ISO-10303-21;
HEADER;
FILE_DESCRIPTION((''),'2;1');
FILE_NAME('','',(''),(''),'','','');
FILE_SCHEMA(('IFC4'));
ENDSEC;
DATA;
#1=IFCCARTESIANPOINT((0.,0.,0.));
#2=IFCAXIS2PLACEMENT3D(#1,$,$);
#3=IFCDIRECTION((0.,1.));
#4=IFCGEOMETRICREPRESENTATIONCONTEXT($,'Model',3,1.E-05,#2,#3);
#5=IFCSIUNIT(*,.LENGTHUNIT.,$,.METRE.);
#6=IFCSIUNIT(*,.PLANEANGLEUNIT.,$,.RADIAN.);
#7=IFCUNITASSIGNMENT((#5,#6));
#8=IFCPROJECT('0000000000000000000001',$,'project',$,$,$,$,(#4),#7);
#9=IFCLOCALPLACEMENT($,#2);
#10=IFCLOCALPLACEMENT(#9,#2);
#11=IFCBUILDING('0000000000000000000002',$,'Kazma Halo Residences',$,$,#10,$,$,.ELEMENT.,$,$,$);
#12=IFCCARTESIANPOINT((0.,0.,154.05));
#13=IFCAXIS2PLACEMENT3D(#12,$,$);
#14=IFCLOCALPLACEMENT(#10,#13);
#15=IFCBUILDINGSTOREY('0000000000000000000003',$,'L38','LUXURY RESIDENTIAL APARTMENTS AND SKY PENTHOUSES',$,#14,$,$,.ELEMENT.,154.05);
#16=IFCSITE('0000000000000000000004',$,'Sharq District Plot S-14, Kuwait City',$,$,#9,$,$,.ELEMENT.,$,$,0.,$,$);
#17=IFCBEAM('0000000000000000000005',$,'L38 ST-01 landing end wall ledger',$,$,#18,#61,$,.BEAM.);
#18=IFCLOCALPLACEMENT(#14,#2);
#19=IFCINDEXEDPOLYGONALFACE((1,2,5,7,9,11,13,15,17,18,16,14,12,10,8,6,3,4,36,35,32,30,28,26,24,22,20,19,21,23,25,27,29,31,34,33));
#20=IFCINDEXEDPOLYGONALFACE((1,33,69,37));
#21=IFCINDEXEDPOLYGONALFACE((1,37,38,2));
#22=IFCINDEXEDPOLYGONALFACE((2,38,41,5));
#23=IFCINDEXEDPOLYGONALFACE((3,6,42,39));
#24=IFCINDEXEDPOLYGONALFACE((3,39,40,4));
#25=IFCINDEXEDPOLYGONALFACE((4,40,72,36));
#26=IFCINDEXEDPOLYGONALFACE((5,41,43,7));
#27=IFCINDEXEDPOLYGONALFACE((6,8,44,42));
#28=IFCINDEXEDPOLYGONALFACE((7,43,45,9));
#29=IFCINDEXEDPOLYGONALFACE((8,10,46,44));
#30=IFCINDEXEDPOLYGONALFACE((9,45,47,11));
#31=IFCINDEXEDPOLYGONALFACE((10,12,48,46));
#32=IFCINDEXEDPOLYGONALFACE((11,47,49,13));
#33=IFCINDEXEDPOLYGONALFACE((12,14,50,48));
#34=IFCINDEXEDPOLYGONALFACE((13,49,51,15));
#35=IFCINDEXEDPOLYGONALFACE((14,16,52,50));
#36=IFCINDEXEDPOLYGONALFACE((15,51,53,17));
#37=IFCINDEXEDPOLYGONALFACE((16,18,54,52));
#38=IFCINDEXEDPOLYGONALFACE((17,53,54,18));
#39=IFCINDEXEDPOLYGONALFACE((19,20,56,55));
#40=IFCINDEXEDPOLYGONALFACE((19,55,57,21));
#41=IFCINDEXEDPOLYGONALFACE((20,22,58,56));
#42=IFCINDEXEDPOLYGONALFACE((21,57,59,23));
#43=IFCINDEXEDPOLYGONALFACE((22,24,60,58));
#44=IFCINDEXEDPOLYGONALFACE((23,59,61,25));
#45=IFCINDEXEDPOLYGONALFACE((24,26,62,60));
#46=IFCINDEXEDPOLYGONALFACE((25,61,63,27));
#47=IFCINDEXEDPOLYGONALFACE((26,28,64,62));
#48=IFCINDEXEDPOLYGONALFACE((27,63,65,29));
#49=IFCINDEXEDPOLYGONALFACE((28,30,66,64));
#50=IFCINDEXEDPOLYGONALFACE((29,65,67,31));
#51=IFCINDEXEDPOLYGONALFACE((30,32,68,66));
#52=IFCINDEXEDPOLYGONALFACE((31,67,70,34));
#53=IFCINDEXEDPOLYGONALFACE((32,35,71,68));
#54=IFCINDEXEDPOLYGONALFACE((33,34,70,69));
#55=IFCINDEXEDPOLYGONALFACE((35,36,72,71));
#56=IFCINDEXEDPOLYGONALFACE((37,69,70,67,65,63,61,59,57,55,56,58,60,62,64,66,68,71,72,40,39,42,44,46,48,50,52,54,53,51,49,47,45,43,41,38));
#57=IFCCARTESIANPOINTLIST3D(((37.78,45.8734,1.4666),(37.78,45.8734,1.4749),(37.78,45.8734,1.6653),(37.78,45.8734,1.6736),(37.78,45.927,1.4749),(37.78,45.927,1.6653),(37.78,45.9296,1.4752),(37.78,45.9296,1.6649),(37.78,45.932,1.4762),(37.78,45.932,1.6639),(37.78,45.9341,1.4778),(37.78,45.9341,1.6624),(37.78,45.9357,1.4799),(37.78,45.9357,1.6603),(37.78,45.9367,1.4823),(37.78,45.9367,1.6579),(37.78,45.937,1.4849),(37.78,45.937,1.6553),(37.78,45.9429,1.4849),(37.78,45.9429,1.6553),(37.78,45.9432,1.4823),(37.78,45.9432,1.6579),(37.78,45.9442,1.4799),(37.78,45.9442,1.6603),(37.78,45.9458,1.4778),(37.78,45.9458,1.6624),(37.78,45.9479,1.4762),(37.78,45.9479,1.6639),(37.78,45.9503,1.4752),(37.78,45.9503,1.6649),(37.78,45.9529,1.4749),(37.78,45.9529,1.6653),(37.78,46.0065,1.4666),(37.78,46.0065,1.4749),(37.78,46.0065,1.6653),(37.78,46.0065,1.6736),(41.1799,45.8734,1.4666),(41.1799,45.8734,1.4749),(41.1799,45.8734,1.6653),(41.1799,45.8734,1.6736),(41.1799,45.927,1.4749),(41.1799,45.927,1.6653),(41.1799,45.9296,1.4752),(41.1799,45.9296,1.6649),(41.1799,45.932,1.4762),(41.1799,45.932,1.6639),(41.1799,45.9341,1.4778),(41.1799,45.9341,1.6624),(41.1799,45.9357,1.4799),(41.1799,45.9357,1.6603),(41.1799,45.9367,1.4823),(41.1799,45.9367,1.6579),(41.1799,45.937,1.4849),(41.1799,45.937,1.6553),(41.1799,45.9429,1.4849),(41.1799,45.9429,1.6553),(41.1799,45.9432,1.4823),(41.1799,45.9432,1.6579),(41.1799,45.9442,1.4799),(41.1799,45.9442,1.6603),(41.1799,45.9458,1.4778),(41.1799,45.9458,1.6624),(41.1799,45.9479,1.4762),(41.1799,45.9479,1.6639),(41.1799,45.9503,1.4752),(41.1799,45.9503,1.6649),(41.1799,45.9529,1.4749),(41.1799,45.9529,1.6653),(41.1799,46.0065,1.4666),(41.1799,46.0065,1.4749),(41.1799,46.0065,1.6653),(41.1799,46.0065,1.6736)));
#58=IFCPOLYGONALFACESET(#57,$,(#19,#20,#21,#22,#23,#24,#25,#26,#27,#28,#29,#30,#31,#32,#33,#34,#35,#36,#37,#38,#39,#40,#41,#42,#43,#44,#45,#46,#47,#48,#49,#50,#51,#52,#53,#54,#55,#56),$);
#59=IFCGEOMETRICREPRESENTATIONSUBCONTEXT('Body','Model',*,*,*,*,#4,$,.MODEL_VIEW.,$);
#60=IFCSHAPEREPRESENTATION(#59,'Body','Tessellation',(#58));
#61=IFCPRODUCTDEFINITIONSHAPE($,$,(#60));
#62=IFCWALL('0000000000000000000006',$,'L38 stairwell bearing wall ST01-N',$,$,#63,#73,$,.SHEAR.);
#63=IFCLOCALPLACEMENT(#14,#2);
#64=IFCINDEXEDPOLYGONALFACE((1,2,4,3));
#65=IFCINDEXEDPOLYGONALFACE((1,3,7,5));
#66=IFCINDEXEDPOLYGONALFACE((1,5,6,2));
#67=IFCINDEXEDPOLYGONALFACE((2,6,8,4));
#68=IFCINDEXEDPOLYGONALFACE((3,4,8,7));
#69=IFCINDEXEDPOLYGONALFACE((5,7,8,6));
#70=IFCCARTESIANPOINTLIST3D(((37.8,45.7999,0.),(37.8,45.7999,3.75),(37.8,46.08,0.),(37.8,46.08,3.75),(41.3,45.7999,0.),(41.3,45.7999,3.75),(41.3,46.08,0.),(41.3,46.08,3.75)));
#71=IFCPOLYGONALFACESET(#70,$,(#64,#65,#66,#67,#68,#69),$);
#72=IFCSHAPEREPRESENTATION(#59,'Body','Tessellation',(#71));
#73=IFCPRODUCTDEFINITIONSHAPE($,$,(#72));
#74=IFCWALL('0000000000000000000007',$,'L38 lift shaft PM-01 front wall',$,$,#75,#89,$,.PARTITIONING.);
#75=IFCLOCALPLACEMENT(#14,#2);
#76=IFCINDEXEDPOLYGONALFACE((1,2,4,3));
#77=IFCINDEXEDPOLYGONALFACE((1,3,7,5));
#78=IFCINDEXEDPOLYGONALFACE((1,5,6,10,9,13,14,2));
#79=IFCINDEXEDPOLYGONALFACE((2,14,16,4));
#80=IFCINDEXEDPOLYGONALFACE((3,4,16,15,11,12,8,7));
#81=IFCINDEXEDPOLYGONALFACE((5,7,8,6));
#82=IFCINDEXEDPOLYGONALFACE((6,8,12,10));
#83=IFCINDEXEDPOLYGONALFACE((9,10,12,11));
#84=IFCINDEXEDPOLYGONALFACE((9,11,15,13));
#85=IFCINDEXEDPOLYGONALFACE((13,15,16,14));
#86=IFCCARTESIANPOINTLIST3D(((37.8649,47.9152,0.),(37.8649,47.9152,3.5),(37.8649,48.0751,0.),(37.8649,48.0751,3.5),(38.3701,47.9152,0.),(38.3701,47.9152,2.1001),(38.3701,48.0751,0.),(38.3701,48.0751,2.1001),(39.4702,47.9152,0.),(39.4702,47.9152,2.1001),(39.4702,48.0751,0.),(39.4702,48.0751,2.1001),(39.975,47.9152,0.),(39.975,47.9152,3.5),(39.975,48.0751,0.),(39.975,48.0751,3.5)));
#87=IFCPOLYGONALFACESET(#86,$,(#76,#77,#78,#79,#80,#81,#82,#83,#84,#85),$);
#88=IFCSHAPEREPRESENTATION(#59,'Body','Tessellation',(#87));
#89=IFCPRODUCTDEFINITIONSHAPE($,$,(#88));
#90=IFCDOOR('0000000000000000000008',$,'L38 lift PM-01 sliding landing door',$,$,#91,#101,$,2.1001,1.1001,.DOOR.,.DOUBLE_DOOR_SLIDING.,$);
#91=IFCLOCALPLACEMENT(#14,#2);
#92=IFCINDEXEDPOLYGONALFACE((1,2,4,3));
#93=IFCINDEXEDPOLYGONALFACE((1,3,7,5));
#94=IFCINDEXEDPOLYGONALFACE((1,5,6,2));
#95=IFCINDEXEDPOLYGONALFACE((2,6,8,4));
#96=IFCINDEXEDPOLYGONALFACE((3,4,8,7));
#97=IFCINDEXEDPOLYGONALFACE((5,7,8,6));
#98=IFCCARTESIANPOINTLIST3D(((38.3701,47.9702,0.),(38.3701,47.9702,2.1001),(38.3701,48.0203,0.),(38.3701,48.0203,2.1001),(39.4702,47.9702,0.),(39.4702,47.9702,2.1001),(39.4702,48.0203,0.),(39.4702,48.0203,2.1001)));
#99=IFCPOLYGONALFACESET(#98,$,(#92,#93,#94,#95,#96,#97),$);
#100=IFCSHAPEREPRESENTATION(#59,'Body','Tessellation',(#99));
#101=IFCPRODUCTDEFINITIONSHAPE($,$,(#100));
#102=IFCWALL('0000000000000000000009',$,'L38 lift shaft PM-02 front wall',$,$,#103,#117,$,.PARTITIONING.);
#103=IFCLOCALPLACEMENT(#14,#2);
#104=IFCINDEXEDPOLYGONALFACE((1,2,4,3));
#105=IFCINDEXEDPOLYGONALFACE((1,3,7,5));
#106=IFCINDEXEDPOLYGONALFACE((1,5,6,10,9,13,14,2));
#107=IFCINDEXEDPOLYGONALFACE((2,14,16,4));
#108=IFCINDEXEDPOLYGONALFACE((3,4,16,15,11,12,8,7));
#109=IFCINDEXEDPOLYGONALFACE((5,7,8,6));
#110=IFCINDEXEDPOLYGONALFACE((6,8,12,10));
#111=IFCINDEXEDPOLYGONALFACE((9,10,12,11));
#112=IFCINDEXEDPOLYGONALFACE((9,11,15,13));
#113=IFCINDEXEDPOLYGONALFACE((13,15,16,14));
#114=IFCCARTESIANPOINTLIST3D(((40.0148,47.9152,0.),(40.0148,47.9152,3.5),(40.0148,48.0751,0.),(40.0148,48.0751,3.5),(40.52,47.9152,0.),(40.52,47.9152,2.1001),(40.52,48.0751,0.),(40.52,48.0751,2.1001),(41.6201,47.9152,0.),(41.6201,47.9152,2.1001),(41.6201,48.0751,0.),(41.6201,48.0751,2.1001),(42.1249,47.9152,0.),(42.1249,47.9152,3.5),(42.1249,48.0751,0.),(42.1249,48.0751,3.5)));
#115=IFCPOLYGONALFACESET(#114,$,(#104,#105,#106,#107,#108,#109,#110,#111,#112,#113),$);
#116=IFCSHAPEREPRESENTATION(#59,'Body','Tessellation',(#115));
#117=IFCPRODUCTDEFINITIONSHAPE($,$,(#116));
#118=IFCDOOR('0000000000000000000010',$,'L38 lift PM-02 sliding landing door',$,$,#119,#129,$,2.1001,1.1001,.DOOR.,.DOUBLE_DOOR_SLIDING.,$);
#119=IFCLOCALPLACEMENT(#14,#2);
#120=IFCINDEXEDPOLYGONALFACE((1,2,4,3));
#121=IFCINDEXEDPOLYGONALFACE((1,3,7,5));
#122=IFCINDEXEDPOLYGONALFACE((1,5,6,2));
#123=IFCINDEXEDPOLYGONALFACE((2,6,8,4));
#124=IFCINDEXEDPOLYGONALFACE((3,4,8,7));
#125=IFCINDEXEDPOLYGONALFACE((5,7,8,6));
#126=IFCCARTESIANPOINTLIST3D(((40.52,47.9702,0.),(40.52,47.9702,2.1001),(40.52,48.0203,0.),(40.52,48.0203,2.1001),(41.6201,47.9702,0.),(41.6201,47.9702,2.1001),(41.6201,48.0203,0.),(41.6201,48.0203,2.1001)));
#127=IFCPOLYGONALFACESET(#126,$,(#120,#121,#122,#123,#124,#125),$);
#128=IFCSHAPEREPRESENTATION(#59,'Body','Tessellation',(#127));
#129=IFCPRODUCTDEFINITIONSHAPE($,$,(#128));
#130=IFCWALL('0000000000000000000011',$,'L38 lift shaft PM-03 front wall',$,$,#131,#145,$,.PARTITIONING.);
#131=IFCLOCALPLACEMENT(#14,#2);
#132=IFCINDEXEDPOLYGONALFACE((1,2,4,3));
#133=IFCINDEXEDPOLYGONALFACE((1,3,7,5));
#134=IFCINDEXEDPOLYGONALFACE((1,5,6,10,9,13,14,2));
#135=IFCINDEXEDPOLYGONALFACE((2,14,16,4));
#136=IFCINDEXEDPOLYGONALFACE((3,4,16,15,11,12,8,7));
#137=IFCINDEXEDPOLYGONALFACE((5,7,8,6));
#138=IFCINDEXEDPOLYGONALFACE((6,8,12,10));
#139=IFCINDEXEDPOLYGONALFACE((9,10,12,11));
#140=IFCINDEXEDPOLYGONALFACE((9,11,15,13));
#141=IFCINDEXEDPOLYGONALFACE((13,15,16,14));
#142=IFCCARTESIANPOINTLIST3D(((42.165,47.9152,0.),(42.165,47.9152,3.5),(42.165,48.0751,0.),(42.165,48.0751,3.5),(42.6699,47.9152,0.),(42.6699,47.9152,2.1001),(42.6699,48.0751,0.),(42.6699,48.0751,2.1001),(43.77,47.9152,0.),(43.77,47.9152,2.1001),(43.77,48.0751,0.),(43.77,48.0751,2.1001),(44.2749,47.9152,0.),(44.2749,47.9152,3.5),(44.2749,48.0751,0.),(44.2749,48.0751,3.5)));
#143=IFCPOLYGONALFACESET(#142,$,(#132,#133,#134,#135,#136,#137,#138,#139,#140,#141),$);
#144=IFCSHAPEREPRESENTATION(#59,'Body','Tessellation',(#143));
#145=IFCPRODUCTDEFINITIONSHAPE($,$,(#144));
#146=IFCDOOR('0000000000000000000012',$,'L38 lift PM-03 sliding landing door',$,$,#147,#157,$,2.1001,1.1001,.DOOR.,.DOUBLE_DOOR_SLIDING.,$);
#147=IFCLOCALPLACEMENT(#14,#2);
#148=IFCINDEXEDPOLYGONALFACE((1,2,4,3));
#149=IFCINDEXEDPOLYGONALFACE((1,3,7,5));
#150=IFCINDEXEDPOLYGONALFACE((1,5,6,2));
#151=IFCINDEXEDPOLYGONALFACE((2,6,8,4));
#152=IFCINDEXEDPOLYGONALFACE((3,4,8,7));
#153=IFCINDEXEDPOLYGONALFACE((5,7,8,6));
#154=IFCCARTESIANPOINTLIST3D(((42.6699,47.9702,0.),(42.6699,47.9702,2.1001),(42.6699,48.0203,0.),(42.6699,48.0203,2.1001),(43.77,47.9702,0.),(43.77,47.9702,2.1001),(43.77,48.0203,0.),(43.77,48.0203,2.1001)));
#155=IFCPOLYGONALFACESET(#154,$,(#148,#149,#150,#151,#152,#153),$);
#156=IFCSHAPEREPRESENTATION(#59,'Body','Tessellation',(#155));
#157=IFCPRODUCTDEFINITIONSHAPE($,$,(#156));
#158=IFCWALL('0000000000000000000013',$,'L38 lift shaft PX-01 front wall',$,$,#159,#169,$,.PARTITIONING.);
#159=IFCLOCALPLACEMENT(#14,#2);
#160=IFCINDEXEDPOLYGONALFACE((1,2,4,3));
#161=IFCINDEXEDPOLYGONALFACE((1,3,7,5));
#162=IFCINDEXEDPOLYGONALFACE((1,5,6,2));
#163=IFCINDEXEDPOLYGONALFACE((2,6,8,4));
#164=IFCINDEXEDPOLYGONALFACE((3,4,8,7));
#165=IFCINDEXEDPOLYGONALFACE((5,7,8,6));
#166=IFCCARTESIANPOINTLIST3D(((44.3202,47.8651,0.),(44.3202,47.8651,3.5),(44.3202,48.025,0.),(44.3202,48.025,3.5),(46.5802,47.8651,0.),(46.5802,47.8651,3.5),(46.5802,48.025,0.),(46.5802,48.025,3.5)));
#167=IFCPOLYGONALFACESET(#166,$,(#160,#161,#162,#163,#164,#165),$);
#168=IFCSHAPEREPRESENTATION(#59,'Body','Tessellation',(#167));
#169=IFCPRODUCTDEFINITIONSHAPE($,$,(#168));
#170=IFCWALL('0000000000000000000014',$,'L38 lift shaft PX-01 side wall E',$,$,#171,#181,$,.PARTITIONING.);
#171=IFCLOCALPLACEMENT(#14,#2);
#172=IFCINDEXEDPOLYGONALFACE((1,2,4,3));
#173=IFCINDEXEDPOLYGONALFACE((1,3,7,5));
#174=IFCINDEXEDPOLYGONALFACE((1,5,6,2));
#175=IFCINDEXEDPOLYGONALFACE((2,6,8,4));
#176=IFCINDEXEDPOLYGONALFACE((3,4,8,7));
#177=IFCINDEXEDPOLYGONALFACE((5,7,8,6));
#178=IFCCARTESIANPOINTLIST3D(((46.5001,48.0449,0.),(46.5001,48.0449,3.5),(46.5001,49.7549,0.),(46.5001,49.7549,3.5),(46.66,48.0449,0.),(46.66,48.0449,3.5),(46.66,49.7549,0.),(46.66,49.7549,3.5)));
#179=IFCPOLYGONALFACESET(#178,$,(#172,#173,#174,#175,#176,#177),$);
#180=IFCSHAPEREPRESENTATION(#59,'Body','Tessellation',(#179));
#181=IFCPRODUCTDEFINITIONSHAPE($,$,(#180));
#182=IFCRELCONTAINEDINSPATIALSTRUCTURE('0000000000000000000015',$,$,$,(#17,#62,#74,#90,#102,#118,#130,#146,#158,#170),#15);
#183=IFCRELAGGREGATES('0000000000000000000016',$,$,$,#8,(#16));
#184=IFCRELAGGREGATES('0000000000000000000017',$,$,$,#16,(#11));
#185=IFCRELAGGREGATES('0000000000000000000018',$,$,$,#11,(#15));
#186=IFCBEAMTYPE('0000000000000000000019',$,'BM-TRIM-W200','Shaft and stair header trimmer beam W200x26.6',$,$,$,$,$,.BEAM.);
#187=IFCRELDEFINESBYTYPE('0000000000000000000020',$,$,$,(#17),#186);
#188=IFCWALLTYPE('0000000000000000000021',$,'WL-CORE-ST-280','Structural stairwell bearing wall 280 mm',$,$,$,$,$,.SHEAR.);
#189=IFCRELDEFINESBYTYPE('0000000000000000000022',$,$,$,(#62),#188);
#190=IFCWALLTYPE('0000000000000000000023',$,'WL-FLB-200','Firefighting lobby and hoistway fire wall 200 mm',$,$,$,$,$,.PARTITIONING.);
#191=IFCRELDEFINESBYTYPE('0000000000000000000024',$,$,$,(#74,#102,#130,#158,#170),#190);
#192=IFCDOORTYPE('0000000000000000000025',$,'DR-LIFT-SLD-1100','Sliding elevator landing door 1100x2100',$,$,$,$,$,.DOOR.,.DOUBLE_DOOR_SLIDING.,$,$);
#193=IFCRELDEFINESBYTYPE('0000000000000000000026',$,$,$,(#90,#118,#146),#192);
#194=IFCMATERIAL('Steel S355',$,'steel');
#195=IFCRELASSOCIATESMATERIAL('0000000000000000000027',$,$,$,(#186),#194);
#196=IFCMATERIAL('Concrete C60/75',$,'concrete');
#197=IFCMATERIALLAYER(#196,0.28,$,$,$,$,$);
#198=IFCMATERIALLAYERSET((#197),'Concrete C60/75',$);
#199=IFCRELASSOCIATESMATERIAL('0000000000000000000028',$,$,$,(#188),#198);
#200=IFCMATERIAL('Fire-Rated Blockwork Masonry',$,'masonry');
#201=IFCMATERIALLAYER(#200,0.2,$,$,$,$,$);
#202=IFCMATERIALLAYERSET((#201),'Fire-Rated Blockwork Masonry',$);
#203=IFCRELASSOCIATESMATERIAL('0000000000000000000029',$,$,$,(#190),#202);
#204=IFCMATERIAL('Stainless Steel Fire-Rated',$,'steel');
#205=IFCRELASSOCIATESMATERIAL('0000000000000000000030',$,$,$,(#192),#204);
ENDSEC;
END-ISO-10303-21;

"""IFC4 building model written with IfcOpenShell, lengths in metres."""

from ifc_helpers import new_model, si_unit, direction, frame, frame_2d, origin, origin_2d, place, context, subcontext, project, spatial, rectangle, i_section, extrude, material, layer, layer_set, material_profile, profile_set, type_object, element, fill, save


model = new_model("IFC4")

# Units and contexts
model_context = context("Model", 3, precision=1e-05, world=origin(), true_north=direction((0.0, 1.0)))
body_context = subcontext(model_context, "Body", "Model", "MODEL_VIEW")
ifc_project = project(units=[si_unit("LENGTHUNIT", "METRE"), si_unit("PLANEANGLEUNIT", "RADIAN")], contexts=[model_context])

# Site, building, storey
site_placement = place(None, origin())
site = spatial("IfcSite", under=ifc_project, at=site_placement, Name="Sharq District Plot S-14, Kuwait City", CompositionType="ELEMENT", RefElevation=0.0)
building_placement = place(site_placement, origin())
building = spatial("IfcBuilding", under=site, at=building_placement, Name="Kazma Halo Residences", CompositionType="ELEMENT")
storey_placement = place(building_placement, frame((0.0, 0.0, 154.05)))
storey = spatial("IfcBuildingStorey", under=building, at=storey_placement, Name="L38", Description="LUXURY RESIDENTIAL APARTMENTS AND SKY PENTHOUSES", CompositionType="ELEMENT", Elevation=154.05)

# Shared definitions
ifc_material_1 = material(Name="Steel S355", Category="steel")

# Beam
ifc_material_profile_1 = material_profile(ifc_material_1, i_section(OverallWidth=0.1331, OverallDepth=0.207, WebThickness=0.0059, FlangeThickness=0.0083, FilletRadius=0.01, at=origin_2d()), Name="W200x26.6")
ifc_profile_set_1 = profile_set([ifc_material_profile_1], Name="Steel S355")
beam_type_1 = type_object("IfcBeamType", Name="BM-TRIM-W200", Description="Shaft and stair header trimmer beam W200x26.6", PredefinedType="BEAM", material=ifc_profile_set_1)
beam_1_placement = place(storey_placement, frame((37.78, 45.9399, 1.5701), z_axis=(1.0, 0.0, 0.0), x_axis=(0.0, 1.0, 0.0)))
element("IfcBeam", 1, at=beam_1_placement, inside=storey, type_object=beam_type_1, Name="L38 ST-01 landing end wall ledger", PredefinedType="BEAM", context=body_context, shape_type="SweptSolid", body=[
    extrude(i_section(OverallWidth=0.1331, OverallDepth=0.207, WebThickness=0.0059, FlangeThickness=0.0083, FilletRadius=0.01, at=origin_2d()), origin(), (0.0, 0.0, 1.0), 3.3999),
])

# Wall
ifc_material_2 = material(Name="Concrete C60/75", Category="concrete")
ifc_layer_1 = layer(ifc_material_2, 0.28)
ifc_layer_set_1 = layer_set([ifc_layer_1], Name="Concrete C60/75")
wall_type_1 = type_object("IfcWallType", Name="WL-CORE-ST-280", Description="Structural stairwell bearing wall 280 mm", PredefinedType="SHEAR", material=ifc_layer_set_1)
wall_1_placement = place(storey_placement, frame((37.8, 45.9399, 0.0), z_axis=(0.0, 0.0, 1.0), x_axis=(1.0, 0.0, 0.0)))
element("IfcWall", 2, at=wall_1_placement, inside=storey, type_object=wall_type_1, Name="L38 stairwell bearing wall ST01-N", PredefinedType="SHEAR", context=body_context, shape_type="SweptSolid", body=[
    extrude(rectangle(XDim=3.5, YDim=0.28, at=frame_2d((1.75, 0.0))), origin(), (0.0, 0.0, 1.0), 3.75),
])

# Walls, openings, doors
ifc_material_3 = material(Name="Fire-Rated Blockwork Masonry", Category="masonry")
ifc_layer_2 = layer(ifc_material_3, 0.2)
ifc_layer_set_2 = layer_set([ifc_layer_2], Name="Fire-Rated Blockwork Masonry")
wall_type_2 = type_object("IfcWallType", Name="WL-FLB-200", Description="Firefighting lobby and hoistway fire wall 200 mm", PredefinedType="PARTITIONING", material=ifc_layer_set_2)
wall_2_placement = place(storey_placement, frame((39.9751, 47.9951, 0.0), z_axis=(0.0, 0.0, 1.0), x_axis=(-1.0, 0.0, 0.0)))
wall_2 = element("IfcWall", 3, at=wall_2_placement, inside=storey, type_object=wall_type_2, Name="L38 lift shaft PM-01 front wall", PredefinedType="PARTITIONING", context=body_context, shape_type="SweptSolid", body=[
    extrude(rectangle(XDim=2.1101, YDim=0.1599, at=frame_2d((1.0552, 0.0))), origin(), (0.0, 0.0, 1.0), 3.5),
])
opening_1_placement = place(wall_2_placement, frame((0.5049, 0.0, 0.0)))
opening_1 = element("IfcOpeningElement", 4, at=opening_1_placement, cuts=wall_2, PredefinedType="OPENING", context=body_context, shape_type="SweptSolid", body=[
    extrude(rectangle(XDim=1.1001, YDim=2.1001, at=frame_2d((0.55, 1.05))), frame((0.0, 0.0898, 0.0), z_axis=(0.0, -1.0, 0.0), x_axis=(1.0, 0.0, 0.0)), (0.0, 0.0, 1.0), 0.1799),
])
ifc_material_4 = material(Name="Stainless Steel Fire-Rated", Category="steel")
door_type = type_object("IfcDoorType", Name="DR-LIFT-SLD-1100", Description="Sliding elevator landing door 1100x2100", OperationType="DOUBLE_DOOR_SLIDING", PredefinedType="DOOR", material=ifc_material_4)
door_1_placement = place(opening_1_placement, origin())
door_1 = element("IfcDoor", 5, at=door_1_placement, inside=storey, type_object=door_type, Name="L38 lift PM-01 sliding landing door", OperationType="DOUBLE_DOOR_SLIDING", OverallHeight=2.1001, OverallWidth=1.1001, PredefinedType="DOOR", context=body_context, shape_type="SweptSolid", body=[
    extrude(rectangle(XDim=1.1001, YDim=2.1001, at=frame_2d((0.55, 1.05))), frame((0.0, 0.0249, 0.0), z_axis=(0.0, -1.0, 0.0), x_axis=(1.0, 0.0, 0.0)), (0.0, 0.0, 1.0), 0.05),
])
fill(opening_1, door_1)
wall_3_placement = place(storey_placement, frame((42.125, 47.9951, 0.0), z_axis=(0.0, 0.0, 1.0), x_axis=(-1.0, 0.0, 0.0)))
wall_3 = element("IfcWall", 6, at=wall_3_placement, inside=storey, type_object=wall_type_2, Name="L38 lift shaft PM-02 front wall", PredefinedType="PARTITIONING", context=body_context, shape_type="SweptSolid", body=[
    extrude(rectangle(XDim=2.1101, YDim=0.1599, at=frame_2d((1.0552, 0.0))), origin(), (0.0, 0.0, 1.0), 3.5),
])
opening_2_placement = place(wall_3_placement, frame((0.5049, 0.0, 0.0)))
opening_2 = element("IfcOpeningElement", 7, at=opening_2_placement, cuts=wall_3, PredefinedType="OPENING", context=body_context, shape_type="SweptSolid", body=[
    extrude(rectangle(XDim=1.1001, YDim=2.1001, at=frame_2d((0.55, 1.05))), frame((0.0, 0.0898, 0.0), z_axis=(0.0, -1.0, 0.0), x_axis=(1.0, 0.0, 0.0)), (0.0, 0.0, 1.0), 0.1799),
])
door_2_placement = place(opening_2_placement, origin())
door_2 = element("IfcDoor", 8, at=door_2_placement, inside=storey, type_object=door_type, Name="L38 lift PM-02 sliding landing door", OperationType="DOUBLE_DOOR_SLIDING", OverallHeight=2.1001, OverallWidth=1.1001, PredefinedType="DOOR", context=body_context, shape_type="SweptSolid", body=[
    extrude(rectangle(XDim=1.1001, YDim=2.1001, at=frame_2d((0.55, 1.05))), frame((0.0, 0.0249, 0.0), z_axis=(0.0, -1.0, 0.0), x_axis=(1.0, 0.0, 0.0)), (0.0, 0.0, 1.0), 0.05),
])
fill(opening_2, door_2)
wall_4_placement = place(storey_placement, frame((44.2749, 47.9951, 0.0), z_axis=(0.0, 0.0, 1.0), x_axis=(-1.0, 0.0, 0.0)))
wall_4 = element("IfcWall", 9, at=wall_4_placement, inside=storey, type_object=wall_type_2, Name="L38 lift shaft PM-03 front wall", PredefinedType="PARTITIONING", context=body_context, shape_type="SweptSolid", body=[
    extrude(rectangle(XDim=2.1099, YDim=0.1599, at=frame_2d((1.0549, 0.0))), origin(), (0.0, 0.0, 1.0), 3.5),
])
opening_3_placement = place(wall_4_placement, frame((0.5049, 0.0, 0.0)))
opening_3 = element("IfcOpeningElement", 10, at=opening_3_placement, cuts=wall_4, PredefinedType="OPENING", context=body_context, shape_type="SweptSolid", body=[
    extrude(rectangle(XDim=1.1001, YDim=2.1001, at=frame_2d((0.55, 1.05))), frame((0.0, 0.0898, 0.0), z_axis=(0.0, -1.0, 0.0), x_axis=(1.0, 0.0, 0.0)), (0.0, 0.0, 1.0), 0.1799),
])
door_3_placement = place(opening_3_placement, origin())
door_3 = element("IfcDoor", 11, at=door_3_placement, inside=storey, type_object=door_type, Name="L38 lift PM-03 sliding landing door", OperationType="DOUBLE_DOOR_SLIDING", OverallHeight=2.1001, OverallWidth=1.1001, PredefinedType="DOOR", context=body_context, shape_type="SweptSolid", body=[
    extrude(rectangle(XDim=1.1001, YDim=2.1001, at=frame_2d((0.55, 1.05))), frame((0.0, 0.0249, 0.0), z_axis=(0.0, -1.0, 0.0), x_axis=(1.0, 0.0, 0.0)), (0.0, 0.0, 1.0), 0.05),
])
fill(opening_3, door_3)

# Walls
wall_5_placement = place(storey_placement, frame((46.5801, 47.9451, 0.0), z_axis=(0.0, 0.0, 1.0), x_axis=(-1.0, 0.0, 0.0)))
element("IfcWall", 12, at=wall_5_placement, inside=storey, type_object=wall_type_2, Name="L38 lift shaft PX-01 front wall", PredefinedType="PARTITIONING", context=body_context, shape_type="SweptSolid", body=[
    extrude(rectangle(XDim=2.26, YDim=0.1599, at=frame_2d((1.1299, 0.0))), origin(), (0.0, 0.0, 1.0), 3.5),
])
wall_6_placement = place(storey_placement, frame((46.5801, 48.0449, 0.0), z_axis=(0.0, 0.0, 1.0), x_axis=(0.0, 1.0, 0.0)))
element("IfcWall", 13, at=wall_6_placement, inside=storey, type_object=wall_type_2, Name="L38 lift shaft PX-01 side wall E", PredefinedType="PARTITIONING", context=body_context, shape_type="SweptSolid", body=[
    extrude(rectangle(XDim=1.71, YDim=0.1599, at=frame_2d((0.855, 0.0))), origin(), (0.0, 0.0, 1.0), 3.5),
])

save(model, "model.ifc")
